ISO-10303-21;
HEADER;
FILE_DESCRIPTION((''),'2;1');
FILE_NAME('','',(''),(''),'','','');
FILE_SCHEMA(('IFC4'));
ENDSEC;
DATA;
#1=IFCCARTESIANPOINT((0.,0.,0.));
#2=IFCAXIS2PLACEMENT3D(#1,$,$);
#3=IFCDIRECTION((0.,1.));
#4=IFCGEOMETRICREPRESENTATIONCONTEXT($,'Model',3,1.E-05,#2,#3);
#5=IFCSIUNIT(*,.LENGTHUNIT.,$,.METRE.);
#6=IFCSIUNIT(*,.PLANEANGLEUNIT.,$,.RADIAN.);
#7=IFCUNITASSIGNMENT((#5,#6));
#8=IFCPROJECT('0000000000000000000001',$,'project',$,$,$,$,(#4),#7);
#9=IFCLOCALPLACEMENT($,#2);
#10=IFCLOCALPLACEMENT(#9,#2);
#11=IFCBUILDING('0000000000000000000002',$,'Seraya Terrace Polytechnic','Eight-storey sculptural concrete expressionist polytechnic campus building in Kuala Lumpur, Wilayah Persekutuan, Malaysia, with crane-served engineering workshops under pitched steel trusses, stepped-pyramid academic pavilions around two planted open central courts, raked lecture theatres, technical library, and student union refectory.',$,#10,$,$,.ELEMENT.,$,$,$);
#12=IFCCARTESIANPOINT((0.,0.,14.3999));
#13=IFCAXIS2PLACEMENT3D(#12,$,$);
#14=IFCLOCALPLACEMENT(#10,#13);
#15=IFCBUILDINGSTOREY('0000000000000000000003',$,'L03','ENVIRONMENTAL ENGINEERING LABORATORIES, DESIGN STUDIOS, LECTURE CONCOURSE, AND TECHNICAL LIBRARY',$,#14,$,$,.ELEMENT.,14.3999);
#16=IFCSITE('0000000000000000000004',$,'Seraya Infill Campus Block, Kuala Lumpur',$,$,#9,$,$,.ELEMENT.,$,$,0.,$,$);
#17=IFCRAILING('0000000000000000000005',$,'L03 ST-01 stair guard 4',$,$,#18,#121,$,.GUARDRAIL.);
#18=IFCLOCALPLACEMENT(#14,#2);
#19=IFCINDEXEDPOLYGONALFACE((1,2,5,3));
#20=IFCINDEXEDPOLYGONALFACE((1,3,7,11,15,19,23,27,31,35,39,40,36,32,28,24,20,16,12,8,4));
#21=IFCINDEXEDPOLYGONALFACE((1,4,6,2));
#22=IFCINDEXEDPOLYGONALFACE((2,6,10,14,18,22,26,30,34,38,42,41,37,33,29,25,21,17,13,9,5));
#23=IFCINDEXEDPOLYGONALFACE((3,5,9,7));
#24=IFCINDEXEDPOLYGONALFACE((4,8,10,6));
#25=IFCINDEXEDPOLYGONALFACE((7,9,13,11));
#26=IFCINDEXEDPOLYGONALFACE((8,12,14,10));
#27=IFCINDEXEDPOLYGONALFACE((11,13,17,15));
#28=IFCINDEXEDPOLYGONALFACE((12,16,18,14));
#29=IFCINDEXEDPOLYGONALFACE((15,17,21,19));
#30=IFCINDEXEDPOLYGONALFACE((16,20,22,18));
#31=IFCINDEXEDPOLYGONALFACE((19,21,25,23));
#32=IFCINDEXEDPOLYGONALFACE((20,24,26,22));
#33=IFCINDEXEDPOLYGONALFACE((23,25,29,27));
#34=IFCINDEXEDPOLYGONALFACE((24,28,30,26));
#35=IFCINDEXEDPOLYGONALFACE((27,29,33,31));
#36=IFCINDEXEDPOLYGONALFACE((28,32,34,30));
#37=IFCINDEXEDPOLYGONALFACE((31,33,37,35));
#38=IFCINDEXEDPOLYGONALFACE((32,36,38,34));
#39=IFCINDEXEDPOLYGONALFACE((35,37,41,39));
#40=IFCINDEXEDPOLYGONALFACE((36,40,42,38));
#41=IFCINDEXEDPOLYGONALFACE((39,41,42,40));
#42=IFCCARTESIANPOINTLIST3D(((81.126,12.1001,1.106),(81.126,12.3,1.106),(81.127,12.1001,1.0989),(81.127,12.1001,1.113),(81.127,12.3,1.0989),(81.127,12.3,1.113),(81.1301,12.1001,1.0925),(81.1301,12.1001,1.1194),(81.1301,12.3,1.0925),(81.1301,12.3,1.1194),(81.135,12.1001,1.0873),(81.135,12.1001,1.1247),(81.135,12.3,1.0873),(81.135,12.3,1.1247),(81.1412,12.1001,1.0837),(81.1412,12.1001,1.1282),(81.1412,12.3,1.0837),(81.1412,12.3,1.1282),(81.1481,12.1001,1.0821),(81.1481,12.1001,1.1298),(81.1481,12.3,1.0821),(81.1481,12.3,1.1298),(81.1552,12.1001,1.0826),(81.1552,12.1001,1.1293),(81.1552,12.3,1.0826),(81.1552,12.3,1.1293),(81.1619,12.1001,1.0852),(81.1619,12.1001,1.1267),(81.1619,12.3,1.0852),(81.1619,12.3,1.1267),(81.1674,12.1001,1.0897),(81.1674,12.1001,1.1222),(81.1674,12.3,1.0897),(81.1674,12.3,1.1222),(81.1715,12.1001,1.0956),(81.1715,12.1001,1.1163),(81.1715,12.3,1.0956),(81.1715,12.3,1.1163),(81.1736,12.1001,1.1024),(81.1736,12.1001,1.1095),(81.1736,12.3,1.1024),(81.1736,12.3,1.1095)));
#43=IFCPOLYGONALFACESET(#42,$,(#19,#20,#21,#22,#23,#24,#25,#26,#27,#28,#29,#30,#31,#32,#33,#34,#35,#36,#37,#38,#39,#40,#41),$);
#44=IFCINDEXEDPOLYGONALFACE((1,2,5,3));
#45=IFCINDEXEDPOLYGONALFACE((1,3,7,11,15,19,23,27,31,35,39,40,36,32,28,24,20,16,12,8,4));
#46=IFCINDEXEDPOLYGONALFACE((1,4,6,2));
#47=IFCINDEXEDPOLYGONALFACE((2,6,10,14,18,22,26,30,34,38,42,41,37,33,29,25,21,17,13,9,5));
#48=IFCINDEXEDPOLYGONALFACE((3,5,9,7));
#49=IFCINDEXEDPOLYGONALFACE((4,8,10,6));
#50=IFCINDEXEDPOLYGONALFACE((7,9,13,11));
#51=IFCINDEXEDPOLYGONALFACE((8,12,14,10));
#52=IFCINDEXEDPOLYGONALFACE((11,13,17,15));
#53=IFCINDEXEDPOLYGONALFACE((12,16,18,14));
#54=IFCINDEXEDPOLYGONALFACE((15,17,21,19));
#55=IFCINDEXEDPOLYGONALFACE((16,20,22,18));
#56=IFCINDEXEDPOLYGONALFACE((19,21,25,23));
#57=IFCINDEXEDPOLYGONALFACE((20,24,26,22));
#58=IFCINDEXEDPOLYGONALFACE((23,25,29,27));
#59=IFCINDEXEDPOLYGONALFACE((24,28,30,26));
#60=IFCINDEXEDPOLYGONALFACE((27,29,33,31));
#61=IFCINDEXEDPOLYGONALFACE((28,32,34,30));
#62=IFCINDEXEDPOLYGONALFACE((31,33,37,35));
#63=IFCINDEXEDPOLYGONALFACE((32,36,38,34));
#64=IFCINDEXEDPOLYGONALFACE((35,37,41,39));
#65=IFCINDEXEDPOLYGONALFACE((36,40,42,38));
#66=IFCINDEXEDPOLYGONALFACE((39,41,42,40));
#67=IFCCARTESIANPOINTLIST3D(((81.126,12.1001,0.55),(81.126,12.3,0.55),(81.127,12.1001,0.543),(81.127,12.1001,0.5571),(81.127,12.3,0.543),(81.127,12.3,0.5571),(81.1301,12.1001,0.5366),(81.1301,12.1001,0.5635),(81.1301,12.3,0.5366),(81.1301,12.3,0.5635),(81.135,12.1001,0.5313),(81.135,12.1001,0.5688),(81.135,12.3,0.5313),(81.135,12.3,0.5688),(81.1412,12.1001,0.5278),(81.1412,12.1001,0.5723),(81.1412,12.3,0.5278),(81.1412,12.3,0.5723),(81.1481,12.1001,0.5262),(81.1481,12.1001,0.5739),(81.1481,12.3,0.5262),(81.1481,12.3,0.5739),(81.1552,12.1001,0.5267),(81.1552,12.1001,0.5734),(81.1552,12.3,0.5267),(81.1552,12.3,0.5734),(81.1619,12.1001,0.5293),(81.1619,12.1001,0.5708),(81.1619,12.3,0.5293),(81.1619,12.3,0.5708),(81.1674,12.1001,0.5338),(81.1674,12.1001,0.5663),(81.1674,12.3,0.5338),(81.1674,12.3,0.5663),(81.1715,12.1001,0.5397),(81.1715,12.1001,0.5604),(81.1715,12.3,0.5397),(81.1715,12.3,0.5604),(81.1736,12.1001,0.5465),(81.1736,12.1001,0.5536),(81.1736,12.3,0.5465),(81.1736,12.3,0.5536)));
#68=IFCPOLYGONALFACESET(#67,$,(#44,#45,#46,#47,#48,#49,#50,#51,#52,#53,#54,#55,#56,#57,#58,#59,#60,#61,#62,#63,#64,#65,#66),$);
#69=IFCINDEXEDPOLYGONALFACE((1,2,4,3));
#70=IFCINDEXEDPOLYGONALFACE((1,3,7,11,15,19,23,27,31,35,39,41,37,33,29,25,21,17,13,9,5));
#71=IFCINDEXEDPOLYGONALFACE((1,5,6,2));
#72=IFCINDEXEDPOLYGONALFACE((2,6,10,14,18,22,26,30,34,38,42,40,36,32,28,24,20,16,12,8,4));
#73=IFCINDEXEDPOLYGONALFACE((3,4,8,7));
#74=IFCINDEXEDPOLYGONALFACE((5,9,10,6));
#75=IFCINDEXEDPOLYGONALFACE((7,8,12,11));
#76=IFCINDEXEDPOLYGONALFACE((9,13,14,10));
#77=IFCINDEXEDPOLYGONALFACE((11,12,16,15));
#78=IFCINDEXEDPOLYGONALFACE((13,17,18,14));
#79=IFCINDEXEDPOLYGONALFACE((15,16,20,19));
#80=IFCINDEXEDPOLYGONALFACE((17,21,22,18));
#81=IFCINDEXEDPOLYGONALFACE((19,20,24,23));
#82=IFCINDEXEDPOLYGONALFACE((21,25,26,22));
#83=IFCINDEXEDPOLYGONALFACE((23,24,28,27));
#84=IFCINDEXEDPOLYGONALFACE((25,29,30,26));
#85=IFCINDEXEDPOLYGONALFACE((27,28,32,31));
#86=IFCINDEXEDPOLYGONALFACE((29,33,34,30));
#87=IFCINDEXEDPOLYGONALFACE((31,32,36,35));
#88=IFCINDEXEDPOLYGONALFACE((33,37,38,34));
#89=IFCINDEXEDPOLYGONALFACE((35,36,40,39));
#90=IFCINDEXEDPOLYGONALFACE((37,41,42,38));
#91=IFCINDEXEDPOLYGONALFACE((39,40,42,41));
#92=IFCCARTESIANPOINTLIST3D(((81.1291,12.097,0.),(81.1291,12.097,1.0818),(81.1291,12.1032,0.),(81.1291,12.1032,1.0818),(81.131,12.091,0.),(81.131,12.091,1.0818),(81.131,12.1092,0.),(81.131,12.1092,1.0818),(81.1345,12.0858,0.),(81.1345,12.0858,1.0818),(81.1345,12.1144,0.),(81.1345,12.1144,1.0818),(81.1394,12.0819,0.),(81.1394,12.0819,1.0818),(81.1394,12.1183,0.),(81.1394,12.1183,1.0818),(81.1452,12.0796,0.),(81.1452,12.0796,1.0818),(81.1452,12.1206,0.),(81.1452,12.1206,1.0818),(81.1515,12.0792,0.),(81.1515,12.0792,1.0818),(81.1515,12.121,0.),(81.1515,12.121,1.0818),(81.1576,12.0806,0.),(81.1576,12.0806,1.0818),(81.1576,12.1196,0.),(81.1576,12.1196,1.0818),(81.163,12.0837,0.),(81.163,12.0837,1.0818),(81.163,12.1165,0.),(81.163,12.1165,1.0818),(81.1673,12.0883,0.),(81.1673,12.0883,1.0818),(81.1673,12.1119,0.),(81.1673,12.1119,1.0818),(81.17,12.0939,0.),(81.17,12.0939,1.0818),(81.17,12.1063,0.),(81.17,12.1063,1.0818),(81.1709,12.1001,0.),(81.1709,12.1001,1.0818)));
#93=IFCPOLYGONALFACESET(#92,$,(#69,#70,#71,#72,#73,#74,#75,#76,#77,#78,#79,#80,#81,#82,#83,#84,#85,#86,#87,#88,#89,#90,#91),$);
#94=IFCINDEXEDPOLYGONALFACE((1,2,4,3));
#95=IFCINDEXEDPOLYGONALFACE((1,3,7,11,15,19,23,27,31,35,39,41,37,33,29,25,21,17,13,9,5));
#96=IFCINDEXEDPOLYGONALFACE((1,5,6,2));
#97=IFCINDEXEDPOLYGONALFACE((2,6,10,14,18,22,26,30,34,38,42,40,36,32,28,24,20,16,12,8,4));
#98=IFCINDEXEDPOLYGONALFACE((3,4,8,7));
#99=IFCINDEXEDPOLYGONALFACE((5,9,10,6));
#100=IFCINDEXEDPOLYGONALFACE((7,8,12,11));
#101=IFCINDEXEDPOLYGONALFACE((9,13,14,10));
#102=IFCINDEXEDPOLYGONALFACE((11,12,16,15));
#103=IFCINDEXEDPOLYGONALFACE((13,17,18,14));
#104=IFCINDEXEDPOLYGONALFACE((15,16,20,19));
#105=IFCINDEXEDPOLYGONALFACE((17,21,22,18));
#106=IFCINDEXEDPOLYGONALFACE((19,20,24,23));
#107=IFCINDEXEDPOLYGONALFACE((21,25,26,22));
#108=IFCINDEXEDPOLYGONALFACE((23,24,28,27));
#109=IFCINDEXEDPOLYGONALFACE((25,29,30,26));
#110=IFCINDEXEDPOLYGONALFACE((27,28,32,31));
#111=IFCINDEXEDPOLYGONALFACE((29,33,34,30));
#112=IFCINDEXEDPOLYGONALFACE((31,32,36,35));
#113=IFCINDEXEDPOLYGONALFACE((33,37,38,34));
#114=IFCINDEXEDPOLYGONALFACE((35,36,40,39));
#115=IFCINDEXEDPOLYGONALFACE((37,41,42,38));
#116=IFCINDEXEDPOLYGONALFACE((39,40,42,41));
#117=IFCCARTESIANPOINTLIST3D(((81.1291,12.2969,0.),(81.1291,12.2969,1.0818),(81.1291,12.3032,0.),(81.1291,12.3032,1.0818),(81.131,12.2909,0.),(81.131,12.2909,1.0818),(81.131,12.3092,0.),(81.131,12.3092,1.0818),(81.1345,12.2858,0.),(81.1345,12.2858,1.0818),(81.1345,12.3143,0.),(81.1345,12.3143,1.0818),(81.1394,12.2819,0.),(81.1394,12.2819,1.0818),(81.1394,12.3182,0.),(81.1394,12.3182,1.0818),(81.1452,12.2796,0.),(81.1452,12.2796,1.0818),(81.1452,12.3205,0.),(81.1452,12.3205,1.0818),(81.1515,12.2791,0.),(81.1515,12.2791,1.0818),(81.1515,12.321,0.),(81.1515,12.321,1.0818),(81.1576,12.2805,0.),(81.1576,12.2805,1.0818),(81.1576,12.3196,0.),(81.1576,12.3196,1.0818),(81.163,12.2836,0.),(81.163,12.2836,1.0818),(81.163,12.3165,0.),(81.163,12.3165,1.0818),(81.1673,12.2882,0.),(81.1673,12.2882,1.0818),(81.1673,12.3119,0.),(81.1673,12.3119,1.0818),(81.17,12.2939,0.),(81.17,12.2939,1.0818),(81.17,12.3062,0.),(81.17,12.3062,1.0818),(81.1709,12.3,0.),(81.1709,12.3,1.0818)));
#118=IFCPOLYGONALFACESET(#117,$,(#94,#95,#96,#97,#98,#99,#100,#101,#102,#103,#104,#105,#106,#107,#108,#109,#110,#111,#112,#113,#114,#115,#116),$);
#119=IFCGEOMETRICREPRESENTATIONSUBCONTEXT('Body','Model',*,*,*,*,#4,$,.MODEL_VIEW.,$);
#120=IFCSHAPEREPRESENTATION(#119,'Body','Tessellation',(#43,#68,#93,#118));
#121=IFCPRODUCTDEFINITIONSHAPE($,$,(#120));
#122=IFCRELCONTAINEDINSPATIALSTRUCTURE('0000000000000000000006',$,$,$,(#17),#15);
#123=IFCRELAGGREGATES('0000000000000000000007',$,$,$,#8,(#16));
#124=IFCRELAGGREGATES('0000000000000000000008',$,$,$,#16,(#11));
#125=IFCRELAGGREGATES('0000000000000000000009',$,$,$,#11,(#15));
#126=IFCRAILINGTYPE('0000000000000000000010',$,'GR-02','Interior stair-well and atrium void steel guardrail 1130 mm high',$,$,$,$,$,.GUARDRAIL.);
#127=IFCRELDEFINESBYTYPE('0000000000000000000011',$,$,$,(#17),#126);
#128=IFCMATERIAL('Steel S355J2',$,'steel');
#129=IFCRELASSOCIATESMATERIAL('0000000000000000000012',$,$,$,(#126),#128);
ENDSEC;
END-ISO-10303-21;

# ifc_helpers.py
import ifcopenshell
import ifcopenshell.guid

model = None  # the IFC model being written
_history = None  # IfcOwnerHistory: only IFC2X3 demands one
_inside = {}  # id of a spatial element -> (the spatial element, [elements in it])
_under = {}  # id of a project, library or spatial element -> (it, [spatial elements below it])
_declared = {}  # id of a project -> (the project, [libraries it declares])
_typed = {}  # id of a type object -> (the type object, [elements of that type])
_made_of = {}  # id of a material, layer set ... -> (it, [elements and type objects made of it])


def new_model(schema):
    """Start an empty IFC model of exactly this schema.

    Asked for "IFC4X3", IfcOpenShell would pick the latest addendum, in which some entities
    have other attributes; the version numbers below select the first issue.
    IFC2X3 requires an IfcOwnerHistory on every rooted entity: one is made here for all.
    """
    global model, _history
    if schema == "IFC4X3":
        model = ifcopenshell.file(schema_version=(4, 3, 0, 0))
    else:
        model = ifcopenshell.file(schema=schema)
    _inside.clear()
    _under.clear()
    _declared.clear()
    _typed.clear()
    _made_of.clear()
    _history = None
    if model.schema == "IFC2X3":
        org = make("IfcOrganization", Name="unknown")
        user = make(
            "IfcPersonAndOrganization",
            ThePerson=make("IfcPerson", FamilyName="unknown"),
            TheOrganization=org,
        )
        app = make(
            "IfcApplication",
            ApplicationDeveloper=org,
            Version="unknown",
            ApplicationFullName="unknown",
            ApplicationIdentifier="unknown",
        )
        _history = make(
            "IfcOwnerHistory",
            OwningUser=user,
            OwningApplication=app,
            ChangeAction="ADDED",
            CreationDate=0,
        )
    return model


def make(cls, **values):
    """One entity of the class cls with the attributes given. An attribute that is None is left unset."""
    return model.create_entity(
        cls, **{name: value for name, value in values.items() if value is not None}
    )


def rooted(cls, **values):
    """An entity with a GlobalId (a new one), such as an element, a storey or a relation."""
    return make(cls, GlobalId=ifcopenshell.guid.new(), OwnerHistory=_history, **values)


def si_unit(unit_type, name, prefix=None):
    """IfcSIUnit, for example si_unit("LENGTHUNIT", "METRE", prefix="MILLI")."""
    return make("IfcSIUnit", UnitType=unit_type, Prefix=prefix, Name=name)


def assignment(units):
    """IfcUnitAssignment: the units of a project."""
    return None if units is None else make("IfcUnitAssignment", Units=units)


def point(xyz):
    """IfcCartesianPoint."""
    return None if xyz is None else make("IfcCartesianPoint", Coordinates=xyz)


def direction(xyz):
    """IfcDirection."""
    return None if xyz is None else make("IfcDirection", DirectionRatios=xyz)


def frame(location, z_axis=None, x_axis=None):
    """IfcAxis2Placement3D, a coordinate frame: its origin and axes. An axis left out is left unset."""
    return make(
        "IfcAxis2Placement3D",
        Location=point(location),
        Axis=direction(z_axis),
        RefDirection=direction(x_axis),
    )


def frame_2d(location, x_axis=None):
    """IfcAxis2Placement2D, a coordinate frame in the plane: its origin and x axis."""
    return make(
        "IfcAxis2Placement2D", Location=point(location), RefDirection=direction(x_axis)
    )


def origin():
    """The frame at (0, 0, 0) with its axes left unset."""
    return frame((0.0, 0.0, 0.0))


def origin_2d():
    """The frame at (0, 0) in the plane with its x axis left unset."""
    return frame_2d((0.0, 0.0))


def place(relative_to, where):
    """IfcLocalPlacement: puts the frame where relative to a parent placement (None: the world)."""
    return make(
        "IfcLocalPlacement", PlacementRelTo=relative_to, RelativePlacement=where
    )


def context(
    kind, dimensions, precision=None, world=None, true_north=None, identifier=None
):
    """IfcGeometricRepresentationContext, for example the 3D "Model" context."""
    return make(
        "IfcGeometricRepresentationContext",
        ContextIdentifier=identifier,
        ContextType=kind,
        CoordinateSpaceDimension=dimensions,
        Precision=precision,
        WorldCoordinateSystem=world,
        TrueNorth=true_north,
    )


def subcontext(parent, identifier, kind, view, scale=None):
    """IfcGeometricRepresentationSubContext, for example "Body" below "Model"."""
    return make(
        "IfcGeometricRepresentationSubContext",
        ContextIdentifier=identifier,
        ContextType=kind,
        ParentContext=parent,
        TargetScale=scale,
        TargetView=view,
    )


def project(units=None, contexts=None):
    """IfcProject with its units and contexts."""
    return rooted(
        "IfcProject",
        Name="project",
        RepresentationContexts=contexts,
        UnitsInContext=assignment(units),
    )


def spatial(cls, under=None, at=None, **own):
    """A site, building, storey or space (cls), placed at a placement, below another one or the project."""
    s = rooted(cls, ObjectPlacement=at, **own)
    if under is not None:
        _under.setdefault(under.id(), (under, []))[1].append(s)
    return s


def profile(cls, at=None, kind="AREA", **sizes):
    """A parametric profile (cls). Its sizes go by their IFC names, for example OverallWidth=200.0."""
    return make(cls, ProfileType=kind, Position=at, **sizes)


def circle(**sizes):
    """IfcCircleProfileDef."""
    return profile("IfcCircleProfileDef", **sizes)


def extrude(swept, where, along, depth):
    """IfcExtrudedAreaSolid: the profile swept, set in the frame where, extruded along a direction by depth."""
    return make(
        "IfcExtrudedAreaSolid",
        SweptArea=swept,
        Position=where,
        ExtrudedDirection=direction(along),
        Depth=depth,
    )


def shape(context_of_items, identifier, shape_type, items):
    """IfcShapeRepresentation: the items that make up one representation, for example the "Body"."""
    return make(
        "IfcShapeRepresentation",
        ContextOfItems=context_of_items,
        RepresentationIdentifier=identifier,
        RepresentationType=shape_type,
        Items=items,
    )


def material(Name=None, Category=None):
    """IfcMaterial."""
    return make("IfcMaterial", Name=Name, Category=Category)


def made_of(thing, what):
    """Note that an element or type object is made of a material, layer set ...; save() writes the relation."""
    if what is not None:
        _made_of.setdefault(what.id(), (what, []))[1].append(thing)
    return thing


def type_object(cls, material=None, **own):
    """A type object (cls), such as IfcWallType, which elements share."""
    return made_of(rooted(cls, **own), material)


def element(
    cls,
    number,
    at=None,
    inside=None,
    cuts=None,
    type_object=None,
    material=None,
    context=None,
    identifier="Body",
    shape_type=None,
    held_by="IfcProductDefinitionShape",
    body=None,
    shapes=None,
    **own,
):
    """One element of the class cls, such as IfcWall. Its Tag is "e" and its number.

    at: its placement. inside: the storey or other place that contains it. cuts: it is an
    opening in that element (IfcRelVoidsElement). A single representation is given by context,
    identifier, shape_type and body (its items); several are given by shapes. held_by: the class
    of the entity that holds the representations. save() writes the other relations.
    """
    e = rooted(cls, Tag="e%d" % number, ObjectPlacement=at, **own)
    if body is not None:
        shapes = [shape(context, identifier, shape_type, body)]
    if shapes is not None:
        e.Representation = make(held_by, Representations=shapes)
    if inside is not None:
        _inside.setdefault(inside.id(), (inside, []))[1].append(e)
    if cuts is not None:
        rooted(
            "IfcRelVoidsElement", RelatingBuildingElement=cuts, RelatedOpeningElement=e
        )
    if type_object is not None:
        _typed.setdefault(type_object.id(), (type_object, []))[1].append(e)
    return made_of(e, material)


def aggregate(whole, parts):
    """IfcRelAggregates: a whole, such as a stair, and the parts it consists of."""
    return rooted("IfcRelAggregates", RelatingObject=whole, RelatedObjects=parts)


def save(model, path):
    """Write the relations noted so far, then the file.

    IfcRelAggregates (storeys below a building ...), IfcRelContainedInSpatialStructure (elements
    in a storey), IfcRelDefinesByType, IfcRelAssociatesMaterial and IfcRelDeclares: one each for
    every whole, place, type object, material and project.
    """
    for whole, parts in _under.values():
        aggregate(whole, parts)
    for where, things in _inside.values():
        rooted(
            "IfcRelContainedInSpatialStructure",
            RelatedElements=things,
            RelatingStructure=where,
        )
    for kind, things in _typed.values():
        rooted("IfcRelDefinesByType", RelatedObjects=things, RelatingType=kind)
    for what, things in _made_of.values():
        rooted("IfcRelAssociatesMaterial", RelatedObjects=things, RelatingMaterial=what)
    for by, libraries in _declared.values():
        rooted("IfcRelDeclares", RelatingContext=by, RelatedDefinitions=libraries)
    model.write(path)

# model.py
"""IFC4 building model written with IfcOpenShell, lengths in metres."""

from ifc_helpers import new_model, si_unit, direction, frame, origin, origin_2d, place, context, subcontext, project, spatial, circle, extrude, material, type_object, element, save


model = new_model("IFC4")

# Units and contexts
model_context = context("Model", 3, precision=1e-05, world=origin(), true_north=direction((0.0, 1.0)))
body_context = subcontext(model_context, "Body", "Model", "MODEL_VIEW")
ifc_project = project(units=[si_unit("LENGTHUNIT", "METRE"), si_unit("PLANEANGLEUNIT", "RADIAN")], contexts=[model_context])

# Site, building, storey
site_placement = place(None, origin())
site = spatial("IfcSite", under=ifc_project, at=site_placement, Name="Seraya Infill Campus Block, Kuala Lumpur", CompositionType="ELEMENT", RefElevation=0.0)
building_placement = place(site_placement, origin())
building = spatial("IfcBuilding", under=site, at=building_placement, Name="Seraya Terrace Polytechnic", Description="Eight-storey sculptural concrete expressionist polytechnic campus building in Kuala Lumpur, Wilayah Persekutuan, Malaysia, with crane-served engineering workshops under pitched steel trusses, stepped-pyramid academic pavilions around two planted open central courts, raked lecture theatres, technical library, and student union refectory.", CompositionType="ELEMENT")
storey_placement = place(building_placement, frame((0.0, 0.0, 14.3999)))
storey = spatial("IfcBuildingStorey", under=building, at=storey_placement, Name="L03", Description="ENVIRONMENTAL ENGINEERING LABORATORIES, DESIGN STUDIOS, LECTURE CONCOURSE, AND TECHNICAL LIBRARY", CompositionType="ELEMENT", Elevation=14.3999)

# Railing
ifc_material_1 = material(Name="Steel S355J2", Category="steel")
railing_type = type_object("IfcRailingType", Name="GR-02", Description="Interior stair-well and atrium void steel guardrail 1130 mm high", PredefinedType="GUARDRAIL", material=ifc_material_1)
railing_1_placement = place(storey_placement, frame((81.1499, 12.1001, 0.0)))
element("IfcRailing", 1, at=railing_1_placement, inside=storey, type_object=railing_type, Name="L03 ST-01 stair guard 4", PredefinedType="GUARDRAIL", context=body_context, shape_type="SweptSolid", body=[
    extrude(circle(Radius=0.0239, at=origin_2d()), frame((0.0, 0.0, 1.106), z_axis=(0.0, 1.0, 0.0), x_axis=(-1.0, 0.0, 0.0)), (0.0, 0.0, 1.0), 0.2),
    extrude(circle(Radius=0.0239, at=origin_2d()), frame((0.0, 0.0, 0.55), z_axis=(0.0, 1.0, 0.0), x_axis=(-1.0, 0.0, 0.0)), (0.0, 0.0, 1.0), 0.2),
    extrude(circle(Radius=0.021, at=origin_2d()), origin(), (0.0, 0.0, 1.0), 1.0818),
    extrude(circle(Radius=0.021, at=origin_2d()), frame((0.0, 0.2, 0.0)), (0.0, 0.0, 1.0), 1.0818),
])

save(model, "model.ifc")
